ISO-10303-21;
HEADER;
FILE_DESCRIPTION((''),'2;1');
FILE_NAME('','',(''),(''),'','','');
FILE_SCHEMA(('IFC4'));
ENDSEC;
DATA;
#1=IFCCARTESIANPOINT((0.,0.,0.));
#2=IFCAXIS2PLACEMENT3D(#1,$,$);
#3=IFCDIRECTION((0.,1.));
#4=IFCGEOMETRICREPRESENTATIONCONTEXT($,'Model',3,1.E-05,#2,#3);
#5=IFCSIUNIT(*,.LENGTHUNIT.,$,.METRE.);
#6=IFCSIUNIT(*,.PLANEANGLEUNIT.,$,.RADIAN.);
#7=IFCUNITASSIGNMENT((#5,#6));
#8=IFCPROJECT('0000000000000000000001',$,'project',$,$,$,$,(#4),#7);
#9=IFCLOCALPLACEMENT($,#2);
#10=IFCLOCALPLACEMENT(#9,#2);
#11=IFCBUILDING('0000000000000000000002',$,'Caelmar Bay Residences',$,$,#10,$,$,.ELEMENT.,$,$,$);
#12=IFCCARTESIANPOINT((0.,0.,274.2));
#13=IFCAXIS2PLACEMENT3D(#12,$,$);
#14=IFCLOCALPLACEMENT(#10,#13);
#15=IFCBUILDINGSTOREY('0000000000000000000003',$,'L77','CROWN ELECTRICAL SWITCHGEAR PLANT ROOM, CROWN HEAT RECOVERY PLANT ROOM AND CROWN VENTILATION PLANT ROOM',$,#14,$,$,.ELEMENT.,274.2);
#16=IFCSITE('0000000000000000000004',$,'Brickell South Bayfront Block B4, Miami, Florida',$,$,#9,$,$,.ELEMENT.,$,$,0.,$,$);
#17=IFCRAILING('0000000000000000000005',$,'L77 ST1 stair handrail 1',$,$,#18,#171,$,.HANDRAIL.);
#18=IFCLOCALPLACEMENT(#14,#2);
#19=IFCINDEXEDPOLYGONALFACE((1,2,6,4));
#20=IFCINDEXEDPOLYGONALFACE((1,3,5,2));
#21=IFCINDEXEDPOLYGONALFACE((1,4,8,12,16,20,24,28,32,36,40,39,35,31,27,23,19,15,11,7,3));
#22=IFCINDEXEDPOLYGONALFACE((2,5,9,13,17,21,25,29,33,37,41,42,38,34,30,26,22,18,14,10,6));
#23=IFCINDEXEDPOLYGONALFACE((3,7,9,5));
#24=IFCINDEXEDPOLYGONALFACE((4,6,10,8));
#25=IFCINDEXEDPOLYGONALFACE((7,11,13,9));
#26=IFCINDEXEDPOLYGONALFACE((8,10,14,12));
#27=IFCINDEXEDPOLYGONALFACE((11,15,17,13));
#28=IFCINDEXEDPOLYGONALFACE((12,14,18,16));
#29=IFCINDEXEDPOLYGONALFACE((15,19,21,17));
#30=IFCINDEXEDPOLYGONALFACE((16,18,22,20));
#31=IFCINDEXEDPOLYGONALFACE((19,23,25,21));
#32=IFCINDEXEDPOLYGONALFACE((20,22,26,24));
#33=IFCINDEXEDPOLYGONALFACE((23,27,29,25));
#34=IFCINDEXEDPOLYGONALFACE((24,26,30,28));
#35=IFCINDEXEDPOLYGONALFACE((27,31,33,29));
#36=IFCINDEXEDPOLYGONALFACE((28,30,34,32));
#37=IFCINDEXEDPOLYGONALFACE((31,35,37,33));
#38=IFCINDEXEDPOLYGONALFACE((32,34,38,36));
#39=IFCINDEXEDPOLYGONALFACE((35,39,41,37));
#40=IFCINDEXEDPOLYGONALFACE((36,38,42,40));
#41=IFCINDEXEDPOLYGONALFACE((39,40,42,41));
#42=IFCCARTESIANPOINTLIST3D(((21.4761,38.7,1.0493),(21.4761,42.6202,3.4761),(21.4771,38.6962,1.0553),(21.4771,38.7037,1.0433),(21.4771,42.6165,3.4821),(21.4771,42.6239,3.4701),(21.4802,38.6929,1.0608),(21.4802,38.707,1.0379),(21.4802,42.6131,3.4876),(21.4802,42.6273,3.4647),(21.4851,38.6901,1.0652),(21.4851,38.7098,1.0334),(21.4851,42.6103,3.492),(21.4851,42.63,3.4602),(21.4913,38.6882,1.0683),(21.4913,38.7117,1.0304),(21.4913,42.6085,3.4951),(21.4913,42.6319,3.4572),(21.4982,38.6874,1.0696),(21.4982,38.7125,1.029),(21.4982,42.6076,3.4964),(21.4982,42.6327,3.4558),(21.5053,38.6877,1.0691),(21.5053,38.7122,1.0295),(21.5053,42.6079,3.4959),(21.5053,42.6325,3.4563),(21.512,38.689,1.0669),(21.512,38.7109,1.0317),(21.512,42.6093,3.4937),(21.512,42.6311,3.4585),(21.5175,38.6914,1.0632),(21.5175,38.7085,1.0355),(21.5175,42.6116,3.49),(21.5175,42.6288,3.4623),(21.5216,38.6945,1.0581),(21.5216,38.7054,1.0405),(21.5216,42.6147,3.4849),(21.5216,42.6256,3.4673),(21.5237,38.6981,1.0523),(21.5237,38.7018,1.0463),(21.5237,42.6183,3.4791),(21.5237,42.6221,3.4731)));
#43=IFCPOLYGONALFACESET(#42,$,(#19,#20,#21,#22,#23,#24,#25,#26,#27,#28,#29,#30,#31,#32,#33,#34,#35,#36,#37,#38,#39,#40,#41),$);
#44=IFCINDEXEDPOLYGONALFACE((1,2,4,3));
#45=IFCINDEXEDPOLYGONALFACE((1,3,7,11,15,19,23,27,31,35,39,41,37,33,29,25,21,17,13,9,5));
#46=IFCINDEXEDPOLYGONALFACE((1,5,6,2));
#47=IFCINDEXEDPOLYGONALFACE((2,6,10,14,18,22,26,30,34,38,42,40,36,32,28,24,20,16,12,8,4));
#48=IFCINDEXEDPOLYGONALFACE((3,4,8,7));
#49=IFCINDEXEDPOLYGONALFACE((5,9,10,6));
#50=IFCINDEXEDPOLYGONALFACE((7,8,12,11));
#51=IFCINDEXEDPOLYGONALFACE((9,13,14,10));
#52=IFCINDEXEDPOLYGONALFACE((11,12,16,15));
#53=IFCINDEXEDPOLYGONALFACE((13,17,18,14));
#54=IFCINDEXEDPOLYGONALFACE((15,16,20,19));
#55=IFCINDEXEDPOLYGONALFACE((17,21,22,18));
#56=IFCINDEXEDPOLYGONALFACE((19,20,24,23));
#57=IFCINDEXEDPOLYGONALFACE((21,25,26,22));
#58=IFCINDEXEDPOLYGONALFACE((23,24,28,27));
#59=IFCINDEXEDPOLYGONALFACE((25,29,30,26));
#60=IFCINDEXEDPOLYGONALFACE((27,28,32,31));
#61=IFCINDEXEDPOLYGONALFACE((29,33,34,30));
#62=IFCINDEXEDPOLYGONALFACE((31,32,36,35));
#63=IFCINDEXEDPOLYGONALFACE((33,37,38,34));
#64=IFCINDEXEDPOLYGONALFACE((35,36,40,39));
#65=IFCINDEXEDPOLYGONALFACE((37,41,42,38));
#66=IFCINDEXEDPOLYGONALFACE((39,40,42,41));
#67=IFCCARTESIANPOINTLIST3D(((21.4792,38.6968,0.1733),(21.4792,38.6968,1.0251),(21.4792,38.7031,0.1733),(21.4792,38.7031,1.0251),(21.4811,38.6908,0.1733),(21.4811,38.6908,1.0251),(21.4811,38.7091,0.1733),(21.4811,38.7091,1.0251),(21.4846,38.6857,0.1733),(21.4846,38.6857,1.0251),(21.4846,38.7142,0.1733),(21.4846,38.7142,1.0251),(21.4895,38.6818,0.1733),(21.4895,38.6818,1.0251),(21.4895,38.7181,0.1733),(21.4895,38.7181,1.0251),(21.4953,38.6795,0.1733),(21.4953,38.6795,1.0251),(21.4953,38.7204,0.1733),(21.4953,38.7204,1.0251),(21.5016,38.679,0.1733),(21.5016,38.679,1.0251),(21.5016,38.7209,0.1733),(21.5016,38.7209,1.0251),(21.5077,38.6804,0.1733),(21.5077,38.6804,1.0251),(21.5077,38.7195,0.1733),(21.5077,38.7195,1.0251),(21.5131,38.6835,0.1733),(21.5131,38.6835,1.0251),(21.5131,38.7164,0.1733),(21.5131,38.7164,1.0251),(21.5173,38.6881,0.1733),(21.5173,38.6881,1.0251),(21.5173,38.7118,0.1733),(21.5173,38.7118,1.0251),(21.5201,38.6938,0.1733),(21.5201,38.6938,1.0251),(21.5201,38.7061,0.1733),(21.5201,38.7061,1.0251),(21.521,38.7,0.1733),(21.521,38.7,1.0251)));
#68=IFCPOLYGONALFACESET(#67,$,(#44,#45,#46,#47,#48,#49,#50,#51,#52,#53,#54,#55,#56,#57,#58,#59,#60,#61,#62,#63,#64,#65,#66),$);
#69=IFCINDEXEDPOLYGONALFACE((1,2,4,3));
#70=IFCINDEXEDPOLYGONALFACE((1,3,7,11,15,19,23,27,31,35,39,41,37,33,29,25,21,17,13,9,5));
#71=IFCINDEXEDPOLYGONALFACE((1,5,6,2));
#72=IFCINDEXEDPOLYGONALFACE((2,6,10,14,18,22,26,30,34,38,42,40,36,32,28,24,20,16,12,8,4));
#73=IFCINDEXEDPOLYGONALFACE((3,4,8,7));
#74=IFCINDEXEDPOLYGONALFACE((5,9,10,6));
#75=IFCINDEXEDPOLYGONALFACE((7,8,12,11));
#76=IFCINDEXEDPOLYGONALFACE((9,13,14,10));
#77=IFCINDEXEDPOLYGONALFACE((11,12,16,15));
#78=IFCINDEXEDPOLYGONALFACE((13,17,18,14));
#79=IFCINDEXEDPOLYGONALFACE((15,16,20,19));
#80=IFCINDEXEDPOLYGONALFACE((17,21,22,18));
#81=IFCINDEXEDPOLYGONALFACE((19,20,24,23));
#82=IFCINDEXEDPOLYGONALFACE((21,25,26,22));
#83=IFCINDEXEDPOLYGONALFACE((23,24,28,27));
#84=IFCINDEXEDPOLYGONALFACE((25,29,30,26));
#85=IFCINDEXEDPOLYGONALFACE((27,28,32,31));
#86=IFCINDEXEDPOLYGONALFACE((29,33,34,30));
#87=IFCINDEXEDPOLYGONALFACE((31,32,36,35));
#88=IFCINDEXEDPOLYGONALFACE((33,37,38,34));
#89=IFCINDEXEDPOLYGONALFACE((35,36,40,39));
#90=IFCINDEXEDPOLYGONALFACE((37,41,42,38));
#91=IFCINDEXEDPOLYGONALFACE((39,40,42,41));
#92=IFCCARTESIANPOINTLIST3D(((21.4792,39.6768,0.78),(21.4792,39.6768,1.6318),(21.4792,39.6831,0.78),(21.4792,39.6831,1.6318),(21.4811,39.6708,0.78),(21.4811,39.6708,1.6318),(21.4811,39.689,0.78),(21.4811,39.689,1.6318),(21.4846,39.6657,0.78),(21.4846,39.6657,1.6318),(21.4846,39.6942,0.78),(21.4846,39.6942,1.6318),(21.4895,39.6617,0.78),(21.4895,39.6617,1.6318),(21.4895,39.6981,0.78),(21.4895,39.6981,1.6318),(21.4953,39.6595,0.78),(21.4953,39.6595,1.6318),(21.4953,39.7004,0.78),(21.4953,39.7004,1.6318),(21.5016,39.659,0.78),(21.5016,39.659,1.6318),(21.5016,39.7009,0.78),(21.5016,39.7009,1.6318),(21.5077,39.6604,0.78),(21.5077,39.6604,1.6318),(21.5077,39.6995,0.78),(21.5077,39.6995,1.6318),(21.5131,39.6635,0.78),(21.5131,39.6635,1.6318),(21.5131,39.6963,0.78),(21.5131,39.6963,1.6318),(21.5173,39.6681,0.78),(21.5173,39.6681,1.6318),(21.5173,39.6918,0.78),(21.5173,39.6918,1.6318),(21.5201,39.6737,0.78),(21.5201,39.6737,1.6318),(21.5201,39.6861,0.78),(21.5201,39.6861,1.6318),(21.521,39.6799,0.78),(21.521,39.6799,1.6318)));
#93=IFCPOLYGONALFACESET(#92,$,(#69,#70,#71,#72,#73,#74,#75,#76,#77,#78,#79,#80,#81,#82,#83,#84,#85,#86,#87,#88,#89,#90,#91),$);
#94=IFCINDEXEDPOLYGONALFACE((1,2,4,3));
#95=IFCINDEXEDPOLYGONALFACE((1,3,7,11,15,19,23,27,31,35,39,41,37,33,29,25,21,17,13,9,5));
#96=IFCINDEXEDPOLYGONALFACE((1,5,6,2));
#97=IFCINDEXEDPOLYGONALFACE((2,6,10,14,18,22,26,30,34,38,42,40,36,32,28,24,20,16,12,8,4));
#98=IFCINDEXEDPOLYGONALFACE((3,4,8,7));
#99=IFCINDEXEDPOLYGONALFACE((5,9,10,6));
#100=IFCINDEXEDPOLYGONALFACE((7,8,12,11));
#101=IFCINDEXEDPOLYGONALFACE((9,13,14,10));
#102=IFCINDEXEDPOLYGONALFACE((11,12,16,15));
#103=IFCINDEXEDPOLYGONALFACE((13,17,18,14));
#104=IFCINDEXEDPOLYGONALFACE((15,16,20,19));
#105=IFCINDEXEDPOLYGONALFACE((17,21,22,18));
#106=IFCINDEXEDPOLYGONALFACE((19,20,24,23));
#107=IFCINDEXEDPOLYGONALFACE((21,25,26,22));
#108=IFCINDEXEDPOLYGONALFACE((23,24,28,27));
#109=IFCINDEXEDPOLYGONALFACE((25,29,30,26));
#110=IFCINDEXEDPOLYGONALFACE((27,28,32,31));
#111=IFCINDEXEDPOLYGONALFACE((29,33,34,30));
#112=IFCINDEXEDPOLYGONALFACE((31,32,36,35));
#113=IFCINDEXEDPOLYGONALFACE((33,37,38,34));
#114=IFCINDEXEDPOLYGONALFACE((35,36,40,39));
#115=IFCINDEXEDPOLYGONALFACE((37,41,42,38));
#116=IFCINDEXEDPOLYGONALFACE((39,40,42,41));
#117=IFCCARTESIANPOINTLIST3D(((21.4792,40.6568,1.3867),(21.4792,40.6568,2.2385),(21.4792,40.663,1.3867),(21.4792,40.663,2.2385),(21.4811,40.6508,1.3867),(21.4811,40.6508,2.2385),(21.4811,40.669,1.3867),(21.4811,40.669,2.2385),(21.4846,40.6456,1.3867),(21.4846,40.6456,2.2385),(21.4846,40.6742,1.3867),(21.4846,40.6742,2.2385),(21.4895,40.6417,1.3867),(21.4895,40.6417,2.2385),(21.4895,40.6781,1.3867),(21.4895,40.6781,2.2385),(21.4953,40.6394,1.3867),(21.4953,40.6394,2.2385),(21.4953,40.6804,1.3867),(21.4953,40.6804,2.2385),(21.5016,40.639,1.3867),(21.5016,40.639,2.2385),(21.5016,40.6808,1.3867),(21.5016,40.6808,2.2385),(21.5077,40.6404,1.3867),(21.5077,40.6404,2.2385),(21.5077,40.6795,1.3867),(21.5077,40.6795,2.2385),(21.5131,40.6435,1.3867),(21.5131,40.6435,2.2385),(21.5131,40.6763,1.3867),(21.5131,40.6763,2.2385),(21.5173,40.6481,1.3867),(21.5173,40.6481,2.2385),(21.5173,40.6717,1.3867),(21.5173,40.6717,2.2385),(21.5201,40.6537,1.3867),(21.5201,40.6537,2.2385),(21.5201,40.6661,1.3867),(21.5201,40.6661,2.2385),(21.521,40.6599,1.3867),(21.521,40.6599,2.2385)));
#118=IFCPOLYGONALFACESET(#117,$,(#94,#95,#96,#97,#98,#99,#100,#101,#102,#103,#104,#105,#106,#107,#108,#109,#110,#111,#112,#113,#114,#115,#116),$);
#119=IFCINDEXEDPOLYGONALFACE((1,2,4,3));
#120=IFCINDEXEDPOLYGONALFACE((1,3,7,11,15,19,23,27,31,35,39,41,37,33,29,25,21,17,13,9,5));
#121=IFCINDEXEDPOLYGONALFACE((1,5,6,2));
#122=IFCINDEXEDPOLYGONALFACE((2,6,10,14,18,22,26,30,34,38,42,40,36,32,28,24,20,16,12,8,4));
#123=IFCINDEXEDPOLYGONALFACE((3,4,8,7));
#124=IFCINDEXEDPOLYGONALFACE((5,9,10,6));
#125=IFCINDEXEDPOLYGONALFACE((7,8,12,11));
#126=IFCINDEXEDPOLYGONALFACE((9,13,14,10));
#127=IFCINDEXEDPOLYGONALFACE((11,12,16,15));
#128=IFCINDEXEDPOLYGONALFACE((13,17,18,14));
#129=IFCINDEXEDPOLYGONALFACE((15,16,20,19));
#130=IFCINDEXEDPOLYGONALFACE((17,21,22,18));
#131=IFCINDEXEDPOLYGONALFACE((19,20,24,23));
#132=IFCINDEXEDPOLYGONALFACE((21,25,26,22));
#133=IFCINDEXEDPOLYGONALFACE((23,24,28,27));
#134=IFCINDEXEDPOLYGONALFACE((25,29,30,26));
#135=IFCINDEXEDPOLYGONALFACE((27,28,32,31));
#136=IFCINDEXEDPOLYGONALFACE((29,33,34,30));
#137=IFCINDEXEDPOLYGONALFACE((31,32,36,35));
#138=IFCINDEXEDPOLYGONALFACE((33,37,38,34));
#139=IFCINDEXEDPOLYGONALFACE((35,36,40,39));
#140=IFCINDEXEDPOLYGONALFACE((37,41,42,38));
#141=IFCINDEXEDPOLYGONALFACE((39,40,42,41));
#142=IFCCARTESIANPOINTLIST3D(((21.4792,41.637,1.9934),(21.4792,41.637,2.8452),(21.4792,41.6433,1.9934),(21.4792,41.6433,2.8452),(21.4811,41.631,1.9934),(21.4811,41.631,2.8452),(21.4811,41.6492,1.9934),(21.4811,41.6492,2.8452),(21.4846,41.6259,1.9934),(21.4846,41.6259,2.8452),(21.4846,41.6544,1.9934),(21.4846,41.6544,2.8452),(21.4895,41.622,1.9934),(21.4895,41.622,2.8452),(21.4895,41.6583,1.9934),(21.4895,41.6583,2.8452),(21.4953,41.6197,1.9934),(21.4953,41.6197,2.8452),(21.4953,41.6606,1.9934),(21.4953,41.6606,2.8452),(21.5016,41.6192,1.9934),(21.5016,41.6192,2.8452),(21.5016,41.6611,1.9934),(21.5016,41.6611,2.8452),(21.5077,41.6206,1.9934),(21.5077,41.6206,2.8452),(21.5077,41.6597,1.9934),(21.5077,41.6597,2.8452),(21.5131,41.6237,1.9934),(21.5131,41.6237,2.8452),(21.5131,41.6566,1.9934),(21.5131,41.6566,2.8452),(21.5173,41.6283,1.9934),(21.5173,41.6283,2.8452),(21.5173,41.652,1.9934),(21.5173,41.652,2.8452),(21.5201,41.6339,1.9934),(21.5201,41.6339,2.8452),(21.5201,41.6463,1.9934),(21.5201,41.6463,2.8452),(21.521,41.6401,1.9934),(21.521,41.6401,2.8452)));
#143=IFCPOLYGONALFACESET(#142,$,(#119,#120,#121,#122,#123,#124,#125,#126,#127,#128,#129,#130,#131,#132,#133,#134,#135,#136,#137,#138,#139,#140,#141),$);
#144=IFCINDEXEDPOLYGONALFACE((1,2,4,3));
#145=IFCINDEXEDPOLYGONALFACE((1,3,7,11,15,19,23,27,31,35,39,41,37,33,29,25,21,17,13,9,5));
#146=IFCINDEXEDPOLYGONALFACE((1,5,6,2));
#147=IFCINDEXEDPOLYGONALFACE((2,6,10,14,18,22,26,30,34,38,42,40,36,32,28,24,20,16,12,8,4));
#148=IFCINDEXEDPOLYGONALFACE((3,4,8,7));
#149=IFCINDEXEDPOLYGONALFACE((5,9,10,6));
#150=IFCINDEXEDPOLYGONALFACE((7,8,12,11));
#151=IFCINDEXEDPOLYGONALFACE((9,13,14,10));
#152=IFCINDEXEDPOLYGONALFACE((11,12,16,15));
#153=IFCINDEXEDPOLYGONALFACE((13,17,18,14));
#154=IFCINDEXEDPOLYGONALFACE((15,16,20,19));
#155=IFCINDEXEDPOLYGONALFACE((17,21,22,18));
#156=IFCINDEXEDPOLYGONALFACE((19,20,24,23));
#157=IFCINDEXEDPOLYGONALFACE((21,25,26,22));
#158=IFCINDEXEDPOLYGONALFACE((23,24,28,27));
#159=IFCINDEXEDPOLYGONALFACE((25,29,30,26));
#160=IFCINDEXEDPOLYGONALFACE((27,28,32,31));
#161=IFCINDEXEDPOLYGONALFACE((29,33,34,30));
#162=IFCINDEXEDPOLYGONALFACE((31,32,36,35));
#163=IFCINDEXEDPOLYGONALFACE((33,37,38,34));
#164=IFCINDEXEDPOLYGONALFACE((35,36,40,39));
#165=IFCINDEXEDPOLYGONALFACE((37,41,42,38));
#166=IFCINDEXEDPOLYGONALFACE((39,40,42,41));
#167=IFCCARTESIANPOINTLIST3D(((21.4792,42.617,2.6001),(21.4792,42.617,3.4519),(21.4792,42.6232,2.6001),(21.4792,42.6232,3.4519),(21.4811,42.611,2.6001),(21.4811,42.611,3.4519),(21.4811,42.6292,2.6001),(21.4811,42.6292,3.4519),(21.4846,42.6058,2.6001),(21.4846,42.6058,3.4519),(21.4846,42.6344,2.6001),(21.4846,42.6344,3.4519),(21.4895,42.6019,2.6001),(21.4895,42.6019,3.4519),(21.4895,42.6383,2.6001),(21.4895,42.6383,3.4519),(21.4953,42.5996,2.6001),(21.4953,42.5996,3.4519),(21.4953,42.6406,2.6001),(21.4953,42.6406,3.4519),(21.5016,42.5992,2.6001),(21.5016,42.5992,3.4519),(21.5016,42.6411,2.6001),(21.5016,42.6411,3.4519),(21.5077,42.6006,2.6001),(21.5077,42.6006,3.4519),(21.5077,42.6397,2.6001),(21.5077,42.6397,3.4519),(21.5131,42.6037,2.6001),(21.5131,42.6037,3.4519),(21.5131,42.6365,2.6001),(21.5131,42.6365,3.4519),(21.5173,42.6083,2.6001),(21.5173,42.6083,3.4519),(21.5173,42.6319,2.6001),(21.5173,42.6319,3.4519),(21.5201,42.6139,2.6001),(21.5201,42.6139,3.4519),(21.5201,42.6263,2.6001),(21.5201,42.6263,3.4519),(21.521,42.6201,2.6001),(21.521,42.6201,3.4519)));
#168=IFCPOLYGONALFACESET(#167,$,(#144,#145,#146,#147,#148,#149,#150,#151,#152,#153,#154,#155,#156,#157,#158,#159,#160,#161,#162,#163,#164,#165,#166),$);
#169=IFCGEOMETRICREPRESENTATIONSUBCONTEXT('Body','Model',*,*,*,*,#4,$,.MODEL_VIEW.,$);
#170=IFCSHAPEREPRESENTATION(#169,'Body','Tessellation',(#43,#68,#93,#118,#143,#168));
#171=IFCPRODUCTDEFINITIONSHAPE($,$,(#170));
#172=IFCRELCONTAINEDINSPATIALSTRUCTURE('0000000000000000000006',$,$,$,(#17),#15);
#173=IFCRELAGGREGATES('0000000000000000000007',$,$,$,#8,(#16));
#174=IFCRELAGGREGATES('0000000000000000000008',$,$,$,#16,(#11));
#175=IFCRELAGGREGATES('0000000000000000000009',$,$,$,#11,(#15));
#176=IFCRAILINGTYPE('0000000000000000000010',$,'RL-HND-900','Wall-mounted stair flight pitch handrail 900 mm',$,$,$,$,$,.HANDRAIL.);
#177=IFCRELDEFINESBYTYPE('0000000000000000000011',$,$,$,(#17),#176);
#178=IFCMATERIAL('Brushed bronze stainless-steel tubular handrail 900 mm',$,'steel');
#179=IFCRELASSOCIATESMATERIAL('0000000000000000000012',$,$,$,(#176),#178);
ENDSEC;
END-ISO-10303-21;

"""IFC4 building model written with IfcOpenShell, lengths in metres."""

from ifc_helpers import new_model, si_unit, direction, frame, origin, origin_2d, place, context, subcontext, project, spatial, circle, extrude, material, type_object, element, save


model = new_model("IFC4")

# Units and contexts
model_context = context("Model", 3, precision=1e-05, world=origin(), true_north=direction((0.0, 1.0)))
body_context = subcontext(model_context, "Body", "Model", "MODEL_VIEW")
ifc_project = project(units=[si_unit("LENGTHUNIT", "METRE"), si_unit("PLANEANGLEUNIT", "RADIAN")], contexts=[model_context])

# Site, building, storey
site_placement = place(None, origin())
site = spatial("IfcSite", under=ifc_project, at=site_placement, Name="Brickell South Bayfront Block B4, Miami, Florida", CompositionType="ELEMENT", RefElevation=0.0)
building_placement = place(site_placement, origin())
building = spatial("IfcBuilding", under=site, at=building_placement, Name="Caelmar Bay Residences", CompositionType="ELEMENT")
storey_placement = place(building_placement, frame((0.0, 0.0, 274.2)))
storey = spatial("IfcBuildingStorey", under=building, at=storey_placement, Name="L77", Description="CROWN ELECTRICAL SWITCHGEAR PLANT ROOM, CROWN HEAT RECOVERY PLANT ROOM AND CROWN VENTILATION PLANT ROOM", CompositionType="ELEMENT", Elevation=274.2)

# Railing
ifc_material_1 = material(Name="Brushed bronze stainless-steel tubular handrail 900 mm", Category="steel")
railing_type_1 = type_object("IfcRailingType", Name="RL-HND-900", Description="Wall-mounted stair flight pitch handrail 900 mm", PredefinedType="HANDRAIL", material=ifc_material_1)
railing_1_placement = place(storey_placement, frame((21.5, 38.7, 0.1733)))
element("IfcRailing", 1, at=railing_1_placement, inside=storey, type_object=railing_type_1, Name="L77 ST1 stair handrail 1", PredefinedType="HANDRAIL", context=body_context, shape_type="SweptSolid", body=[
    extrude(circle(Radius=0.0239, at=origin_2d()), frame((0.0, 0.0, 0.876), z_axis=(0.0, 0.850266, 0.526353), x_axis=(-1.0, 0.0, 0.0)), (0.0, 0.0, 1.0), 4.6106),
    extrude(circle(Radius=0.021, at=origin_2d()), origin(), (0.0, 0.0, 1.0), 0.8518),
    extrude(circle(Radius=0.021, at=origin_2d()), frame((0.0, 0.98, 0.6067)), (0.0, 0.0, 1.0), 0.8518),
    extrude(circle(Radius=0.021, at=origin_2d()), frame((0.0, 1.96, 1.2134)), (0.0, 0.0, 1.0), 0.8518),
    extrude(circle(Radius=0.021, at=origin_2d()), frame((0.0, 2.9402, 1.8201)), (0.0, 0.0, 1.0), 0.8518),
    extrude(circle(Radius=0.021, at=origin_2d()), frame((0.0, 3.9202, 2.4268)), (0.0, 0.0, 1.0), 0.8518),
])

save(model, "model.ifc")
